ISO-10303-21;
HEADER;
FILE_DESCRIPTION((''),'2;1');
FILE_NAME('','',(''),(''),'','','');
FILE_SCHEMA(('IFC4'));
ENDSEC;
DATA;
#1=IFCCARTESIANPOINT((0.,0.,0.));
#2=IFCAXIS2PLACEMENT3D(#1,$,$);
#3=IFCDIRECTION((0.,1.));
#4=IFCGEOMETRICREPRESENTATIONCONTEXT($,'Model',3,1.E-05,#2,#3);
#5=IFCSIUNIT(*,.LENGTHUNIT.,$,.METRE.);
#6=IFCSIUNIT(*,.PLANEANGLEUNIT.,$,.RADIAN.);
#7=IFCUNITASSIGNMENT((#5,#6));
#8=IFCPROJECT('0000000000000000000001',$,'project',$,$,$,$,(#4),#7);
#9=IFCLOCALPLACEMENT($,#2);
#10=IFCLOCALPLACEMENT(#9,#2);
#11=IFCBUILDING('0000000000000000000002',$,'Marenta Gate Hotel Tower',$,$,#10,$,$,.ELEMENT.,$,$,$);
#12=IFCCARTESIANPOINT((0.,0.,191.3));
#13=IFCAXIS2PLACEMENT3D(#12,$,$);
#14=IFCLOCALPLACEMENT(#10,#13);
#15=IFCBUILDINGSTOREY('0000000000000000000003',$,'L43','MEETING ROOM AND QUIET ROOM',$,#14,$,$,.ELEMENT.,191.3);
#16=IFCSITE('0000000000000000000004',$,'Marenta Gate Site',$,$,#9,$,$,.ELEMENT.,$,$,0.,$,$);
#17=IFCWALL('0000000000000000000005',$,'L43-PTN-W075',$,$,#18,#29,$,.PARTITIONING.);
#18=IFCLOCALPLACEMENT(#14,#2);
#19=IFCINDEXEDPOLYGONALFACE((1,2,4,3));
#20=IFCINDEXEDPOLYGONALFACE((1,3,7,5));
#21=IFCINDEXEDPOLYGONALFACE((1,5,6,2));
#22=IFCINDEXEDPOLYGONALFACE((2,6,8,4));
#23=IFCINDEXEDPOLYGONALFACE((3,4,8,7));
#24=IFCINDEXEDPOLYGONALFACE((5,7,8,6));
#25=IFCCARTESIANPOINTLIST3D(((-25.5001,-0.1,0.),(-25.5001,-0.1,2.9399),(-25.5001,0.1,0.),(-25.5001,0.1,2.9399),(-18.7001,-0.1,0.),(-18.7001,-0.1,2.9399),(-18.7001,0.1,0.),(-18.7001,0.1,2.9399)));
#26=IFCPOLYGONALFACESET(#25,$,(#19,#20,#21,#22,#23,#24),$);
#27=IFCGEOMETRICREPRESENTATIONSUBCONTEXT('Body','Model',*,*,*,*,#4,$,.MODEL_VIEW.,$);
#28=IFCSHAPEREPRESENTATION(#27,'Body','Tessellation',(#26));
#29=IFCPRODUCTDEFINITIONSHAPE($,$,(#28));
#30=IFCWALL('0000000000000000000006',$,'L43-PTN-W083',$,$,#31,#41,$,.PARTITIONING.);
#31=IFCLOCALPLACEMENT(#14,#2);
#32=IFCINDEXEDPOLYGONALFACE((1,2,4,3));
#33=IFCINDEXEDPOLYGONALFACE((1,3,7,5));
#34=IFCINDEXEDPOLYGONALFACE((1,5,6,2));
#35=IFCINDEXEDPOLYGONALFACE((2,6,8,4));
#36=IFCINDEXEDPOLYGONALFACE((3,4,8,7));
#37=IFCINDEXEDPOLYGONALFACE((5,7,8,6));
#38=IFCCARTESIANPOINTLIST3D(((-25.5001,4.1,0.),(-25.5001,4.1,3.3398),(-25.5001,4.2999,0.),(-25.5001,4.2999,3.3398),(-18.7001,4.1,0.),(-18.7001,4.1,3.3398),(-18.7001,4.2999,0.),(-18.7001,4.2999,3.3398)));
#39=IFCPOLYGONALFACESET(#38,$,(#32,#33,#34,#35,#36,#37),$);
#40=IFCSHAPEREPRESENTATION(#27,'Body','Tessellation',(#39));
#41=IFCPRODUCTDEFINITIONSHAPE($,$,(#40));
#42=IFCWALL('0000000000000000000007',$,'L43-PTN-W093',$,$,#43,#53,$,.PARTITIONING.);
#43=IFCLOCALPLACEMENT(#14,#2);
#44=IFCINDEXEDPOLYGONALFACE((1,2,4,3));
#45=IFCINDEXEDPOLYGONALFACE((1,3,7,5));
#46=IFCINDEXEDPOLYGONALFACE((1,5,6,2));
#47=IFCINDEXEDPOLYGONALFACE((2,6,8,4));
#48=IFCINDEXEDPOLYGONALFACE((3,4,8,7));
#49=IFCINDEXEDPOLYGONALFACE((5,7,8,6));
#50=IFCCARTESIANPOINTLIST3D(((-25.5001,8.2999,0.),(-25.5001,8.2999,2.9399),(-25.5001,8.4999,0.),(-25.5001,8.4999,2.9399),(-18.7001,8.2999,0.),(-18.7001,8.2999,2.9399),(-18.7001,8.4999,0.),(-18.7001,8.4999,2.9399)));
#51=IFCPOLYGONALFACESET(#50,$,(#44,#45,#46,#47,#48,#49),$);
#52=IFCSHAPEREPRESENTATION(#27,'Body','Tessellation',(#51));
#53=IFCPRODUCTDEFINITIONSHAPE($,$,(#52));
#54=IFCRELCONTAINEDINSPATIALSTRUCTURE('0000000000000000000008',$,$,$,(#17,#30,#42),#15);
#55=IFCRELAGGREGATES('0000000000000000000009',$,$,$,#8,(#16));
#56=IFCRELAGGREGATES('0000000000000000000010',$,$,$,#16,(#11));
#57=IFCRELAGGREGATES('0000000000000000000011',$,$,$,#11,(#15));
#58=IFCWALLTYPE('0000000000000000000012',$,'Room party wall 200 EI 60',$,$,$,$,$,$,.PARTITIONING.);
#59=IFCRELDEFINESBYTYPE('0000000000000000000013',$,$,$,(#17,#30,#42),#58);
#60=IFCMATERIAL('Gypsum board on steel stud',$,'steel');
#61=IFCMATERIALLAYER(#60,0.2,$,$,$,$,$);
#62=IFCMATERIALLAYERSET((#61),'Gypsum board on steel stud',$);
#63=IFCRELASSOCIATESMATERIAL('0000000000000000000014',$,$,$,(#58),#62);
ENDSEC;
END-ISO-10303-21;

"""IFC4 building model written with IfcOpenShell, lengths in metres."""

from ifc_helpers import new_model, si_unit, direction, frame, frame_2d, origin, place, context, subcontext, project, spatial, rectangle, extrude, material, layer, layer_set, type_object, element, save


model = new_model("IFC4")

# Units and contexts
model_context = context("Model", 3, precision=1e-05, world=origin(), true_north=direction((0.0, 1.0)))
body_context = subcontext(model_context, "Body", "Model", "MODEL_VIEW")
ifc_project = project(units=[si_unit("LENGTHUNIT", "METRE"), si_unit("PLANEANGLEUNIT", "RADIAN")], contexts=[model_context])

# Site, building, storey
site_placement = place(None, origin())
site = spatial("IfcSite", under=ifc_project, at=site_placement, Name="Marenta Gate Site", CompositionType="ELEMENT", RefElevation=0.0)
building_placement = place(site_placement, origin())
building = spatial("IfcBuilding", under=site, at=building_placement, Name="Marenta Gate Hotel Tower", CompositionType="ELEMENT")
storey_placement = place(building_placement, frame((0.0, 0.0, 191.3)))
storey = spatial("IfcBuildingStorey", under=building, at=storey_placement, Name="L43", Description="MEETING ROOM AND QUIET ROOM", CompositionType="ELEMENT", Elevation=191.3)

# Walls
ifc_material_1 = material(Name="Gypsum board on steel stud", Category="steel")
ifc_layer_1 = layer(ifc_material_1, 0.2)
ifc_layer_set_1 = layer_set([ifc_layer_1], Name="Gypsum board on steel stud")
wall_type_1 = type_object("IfcWallType", Name="Room party wall 200 EI 60", PredefinedType="PARTITIONING", material=ifc_layer_set_1)
wall_1_placement = place(storey_placement, frame((-25.5, 0.0, 0.0), z_axis=(0.0, 0.0, 1.0), x_axis=(1.0, 0.0, 0.0)))
element("IfcWall", 1, at=wall_1_placement, inside=storey, type_object=wall_type_1, Name="L43-PTN-W075", PredefinedType="PARTITIONING", context=body_context, shape_type="SweptSolid", body=[
    extrude(rectangle(XDim=6.8, YDim=0.2, at=frame_2d((3.3999, 0.0))), origin(), (0.0, 0.0, 1.0), 2.9399),
])
wall_2_placement = place(storey_placement, frame((-25.5, 4.2, 0.0), z_axis=(0.0, 0.0, 1.0), x_axis=(1.0, 0.0, 0.0)))
element("IfcWall", 2, at=wall_2_placement, inside=storey, type_object=wall_type_1, Name="L43-PTN-W083", PredefinedType="PARTITIONING", context=body_context, shape_type="SweptSolid", body=[
    extrude(rectangle(XDim=6.8, YDim=0.2, at=frame_2d((3.3999, 0.0))), origin(), (0.0, 0.0, 1.0), 3.3398),
])
wall_3_placement = place(storey_placement, frame((-25.5, 8.3999, 0.0), z_axis=(0.0, 0.0, 1.0), x_axis=(1.0, 0.0, 0.0)))
element("IfcWall", 3, at=wall_3_placement, inside=storey, type_object=wall_type_1, Name="L43-PTN-W093", PredefinedType="PARTITIONING", context=body_context, shape_type="SweptSolid", body=[
    extrude(rectangle(XDim=6.8, YDim=0.2, at=frame_2d((3.3999, 0.0))), origin(), (0.0, 0.0, 1.0), 2.9399),
])

save(model, "model.ifc")
